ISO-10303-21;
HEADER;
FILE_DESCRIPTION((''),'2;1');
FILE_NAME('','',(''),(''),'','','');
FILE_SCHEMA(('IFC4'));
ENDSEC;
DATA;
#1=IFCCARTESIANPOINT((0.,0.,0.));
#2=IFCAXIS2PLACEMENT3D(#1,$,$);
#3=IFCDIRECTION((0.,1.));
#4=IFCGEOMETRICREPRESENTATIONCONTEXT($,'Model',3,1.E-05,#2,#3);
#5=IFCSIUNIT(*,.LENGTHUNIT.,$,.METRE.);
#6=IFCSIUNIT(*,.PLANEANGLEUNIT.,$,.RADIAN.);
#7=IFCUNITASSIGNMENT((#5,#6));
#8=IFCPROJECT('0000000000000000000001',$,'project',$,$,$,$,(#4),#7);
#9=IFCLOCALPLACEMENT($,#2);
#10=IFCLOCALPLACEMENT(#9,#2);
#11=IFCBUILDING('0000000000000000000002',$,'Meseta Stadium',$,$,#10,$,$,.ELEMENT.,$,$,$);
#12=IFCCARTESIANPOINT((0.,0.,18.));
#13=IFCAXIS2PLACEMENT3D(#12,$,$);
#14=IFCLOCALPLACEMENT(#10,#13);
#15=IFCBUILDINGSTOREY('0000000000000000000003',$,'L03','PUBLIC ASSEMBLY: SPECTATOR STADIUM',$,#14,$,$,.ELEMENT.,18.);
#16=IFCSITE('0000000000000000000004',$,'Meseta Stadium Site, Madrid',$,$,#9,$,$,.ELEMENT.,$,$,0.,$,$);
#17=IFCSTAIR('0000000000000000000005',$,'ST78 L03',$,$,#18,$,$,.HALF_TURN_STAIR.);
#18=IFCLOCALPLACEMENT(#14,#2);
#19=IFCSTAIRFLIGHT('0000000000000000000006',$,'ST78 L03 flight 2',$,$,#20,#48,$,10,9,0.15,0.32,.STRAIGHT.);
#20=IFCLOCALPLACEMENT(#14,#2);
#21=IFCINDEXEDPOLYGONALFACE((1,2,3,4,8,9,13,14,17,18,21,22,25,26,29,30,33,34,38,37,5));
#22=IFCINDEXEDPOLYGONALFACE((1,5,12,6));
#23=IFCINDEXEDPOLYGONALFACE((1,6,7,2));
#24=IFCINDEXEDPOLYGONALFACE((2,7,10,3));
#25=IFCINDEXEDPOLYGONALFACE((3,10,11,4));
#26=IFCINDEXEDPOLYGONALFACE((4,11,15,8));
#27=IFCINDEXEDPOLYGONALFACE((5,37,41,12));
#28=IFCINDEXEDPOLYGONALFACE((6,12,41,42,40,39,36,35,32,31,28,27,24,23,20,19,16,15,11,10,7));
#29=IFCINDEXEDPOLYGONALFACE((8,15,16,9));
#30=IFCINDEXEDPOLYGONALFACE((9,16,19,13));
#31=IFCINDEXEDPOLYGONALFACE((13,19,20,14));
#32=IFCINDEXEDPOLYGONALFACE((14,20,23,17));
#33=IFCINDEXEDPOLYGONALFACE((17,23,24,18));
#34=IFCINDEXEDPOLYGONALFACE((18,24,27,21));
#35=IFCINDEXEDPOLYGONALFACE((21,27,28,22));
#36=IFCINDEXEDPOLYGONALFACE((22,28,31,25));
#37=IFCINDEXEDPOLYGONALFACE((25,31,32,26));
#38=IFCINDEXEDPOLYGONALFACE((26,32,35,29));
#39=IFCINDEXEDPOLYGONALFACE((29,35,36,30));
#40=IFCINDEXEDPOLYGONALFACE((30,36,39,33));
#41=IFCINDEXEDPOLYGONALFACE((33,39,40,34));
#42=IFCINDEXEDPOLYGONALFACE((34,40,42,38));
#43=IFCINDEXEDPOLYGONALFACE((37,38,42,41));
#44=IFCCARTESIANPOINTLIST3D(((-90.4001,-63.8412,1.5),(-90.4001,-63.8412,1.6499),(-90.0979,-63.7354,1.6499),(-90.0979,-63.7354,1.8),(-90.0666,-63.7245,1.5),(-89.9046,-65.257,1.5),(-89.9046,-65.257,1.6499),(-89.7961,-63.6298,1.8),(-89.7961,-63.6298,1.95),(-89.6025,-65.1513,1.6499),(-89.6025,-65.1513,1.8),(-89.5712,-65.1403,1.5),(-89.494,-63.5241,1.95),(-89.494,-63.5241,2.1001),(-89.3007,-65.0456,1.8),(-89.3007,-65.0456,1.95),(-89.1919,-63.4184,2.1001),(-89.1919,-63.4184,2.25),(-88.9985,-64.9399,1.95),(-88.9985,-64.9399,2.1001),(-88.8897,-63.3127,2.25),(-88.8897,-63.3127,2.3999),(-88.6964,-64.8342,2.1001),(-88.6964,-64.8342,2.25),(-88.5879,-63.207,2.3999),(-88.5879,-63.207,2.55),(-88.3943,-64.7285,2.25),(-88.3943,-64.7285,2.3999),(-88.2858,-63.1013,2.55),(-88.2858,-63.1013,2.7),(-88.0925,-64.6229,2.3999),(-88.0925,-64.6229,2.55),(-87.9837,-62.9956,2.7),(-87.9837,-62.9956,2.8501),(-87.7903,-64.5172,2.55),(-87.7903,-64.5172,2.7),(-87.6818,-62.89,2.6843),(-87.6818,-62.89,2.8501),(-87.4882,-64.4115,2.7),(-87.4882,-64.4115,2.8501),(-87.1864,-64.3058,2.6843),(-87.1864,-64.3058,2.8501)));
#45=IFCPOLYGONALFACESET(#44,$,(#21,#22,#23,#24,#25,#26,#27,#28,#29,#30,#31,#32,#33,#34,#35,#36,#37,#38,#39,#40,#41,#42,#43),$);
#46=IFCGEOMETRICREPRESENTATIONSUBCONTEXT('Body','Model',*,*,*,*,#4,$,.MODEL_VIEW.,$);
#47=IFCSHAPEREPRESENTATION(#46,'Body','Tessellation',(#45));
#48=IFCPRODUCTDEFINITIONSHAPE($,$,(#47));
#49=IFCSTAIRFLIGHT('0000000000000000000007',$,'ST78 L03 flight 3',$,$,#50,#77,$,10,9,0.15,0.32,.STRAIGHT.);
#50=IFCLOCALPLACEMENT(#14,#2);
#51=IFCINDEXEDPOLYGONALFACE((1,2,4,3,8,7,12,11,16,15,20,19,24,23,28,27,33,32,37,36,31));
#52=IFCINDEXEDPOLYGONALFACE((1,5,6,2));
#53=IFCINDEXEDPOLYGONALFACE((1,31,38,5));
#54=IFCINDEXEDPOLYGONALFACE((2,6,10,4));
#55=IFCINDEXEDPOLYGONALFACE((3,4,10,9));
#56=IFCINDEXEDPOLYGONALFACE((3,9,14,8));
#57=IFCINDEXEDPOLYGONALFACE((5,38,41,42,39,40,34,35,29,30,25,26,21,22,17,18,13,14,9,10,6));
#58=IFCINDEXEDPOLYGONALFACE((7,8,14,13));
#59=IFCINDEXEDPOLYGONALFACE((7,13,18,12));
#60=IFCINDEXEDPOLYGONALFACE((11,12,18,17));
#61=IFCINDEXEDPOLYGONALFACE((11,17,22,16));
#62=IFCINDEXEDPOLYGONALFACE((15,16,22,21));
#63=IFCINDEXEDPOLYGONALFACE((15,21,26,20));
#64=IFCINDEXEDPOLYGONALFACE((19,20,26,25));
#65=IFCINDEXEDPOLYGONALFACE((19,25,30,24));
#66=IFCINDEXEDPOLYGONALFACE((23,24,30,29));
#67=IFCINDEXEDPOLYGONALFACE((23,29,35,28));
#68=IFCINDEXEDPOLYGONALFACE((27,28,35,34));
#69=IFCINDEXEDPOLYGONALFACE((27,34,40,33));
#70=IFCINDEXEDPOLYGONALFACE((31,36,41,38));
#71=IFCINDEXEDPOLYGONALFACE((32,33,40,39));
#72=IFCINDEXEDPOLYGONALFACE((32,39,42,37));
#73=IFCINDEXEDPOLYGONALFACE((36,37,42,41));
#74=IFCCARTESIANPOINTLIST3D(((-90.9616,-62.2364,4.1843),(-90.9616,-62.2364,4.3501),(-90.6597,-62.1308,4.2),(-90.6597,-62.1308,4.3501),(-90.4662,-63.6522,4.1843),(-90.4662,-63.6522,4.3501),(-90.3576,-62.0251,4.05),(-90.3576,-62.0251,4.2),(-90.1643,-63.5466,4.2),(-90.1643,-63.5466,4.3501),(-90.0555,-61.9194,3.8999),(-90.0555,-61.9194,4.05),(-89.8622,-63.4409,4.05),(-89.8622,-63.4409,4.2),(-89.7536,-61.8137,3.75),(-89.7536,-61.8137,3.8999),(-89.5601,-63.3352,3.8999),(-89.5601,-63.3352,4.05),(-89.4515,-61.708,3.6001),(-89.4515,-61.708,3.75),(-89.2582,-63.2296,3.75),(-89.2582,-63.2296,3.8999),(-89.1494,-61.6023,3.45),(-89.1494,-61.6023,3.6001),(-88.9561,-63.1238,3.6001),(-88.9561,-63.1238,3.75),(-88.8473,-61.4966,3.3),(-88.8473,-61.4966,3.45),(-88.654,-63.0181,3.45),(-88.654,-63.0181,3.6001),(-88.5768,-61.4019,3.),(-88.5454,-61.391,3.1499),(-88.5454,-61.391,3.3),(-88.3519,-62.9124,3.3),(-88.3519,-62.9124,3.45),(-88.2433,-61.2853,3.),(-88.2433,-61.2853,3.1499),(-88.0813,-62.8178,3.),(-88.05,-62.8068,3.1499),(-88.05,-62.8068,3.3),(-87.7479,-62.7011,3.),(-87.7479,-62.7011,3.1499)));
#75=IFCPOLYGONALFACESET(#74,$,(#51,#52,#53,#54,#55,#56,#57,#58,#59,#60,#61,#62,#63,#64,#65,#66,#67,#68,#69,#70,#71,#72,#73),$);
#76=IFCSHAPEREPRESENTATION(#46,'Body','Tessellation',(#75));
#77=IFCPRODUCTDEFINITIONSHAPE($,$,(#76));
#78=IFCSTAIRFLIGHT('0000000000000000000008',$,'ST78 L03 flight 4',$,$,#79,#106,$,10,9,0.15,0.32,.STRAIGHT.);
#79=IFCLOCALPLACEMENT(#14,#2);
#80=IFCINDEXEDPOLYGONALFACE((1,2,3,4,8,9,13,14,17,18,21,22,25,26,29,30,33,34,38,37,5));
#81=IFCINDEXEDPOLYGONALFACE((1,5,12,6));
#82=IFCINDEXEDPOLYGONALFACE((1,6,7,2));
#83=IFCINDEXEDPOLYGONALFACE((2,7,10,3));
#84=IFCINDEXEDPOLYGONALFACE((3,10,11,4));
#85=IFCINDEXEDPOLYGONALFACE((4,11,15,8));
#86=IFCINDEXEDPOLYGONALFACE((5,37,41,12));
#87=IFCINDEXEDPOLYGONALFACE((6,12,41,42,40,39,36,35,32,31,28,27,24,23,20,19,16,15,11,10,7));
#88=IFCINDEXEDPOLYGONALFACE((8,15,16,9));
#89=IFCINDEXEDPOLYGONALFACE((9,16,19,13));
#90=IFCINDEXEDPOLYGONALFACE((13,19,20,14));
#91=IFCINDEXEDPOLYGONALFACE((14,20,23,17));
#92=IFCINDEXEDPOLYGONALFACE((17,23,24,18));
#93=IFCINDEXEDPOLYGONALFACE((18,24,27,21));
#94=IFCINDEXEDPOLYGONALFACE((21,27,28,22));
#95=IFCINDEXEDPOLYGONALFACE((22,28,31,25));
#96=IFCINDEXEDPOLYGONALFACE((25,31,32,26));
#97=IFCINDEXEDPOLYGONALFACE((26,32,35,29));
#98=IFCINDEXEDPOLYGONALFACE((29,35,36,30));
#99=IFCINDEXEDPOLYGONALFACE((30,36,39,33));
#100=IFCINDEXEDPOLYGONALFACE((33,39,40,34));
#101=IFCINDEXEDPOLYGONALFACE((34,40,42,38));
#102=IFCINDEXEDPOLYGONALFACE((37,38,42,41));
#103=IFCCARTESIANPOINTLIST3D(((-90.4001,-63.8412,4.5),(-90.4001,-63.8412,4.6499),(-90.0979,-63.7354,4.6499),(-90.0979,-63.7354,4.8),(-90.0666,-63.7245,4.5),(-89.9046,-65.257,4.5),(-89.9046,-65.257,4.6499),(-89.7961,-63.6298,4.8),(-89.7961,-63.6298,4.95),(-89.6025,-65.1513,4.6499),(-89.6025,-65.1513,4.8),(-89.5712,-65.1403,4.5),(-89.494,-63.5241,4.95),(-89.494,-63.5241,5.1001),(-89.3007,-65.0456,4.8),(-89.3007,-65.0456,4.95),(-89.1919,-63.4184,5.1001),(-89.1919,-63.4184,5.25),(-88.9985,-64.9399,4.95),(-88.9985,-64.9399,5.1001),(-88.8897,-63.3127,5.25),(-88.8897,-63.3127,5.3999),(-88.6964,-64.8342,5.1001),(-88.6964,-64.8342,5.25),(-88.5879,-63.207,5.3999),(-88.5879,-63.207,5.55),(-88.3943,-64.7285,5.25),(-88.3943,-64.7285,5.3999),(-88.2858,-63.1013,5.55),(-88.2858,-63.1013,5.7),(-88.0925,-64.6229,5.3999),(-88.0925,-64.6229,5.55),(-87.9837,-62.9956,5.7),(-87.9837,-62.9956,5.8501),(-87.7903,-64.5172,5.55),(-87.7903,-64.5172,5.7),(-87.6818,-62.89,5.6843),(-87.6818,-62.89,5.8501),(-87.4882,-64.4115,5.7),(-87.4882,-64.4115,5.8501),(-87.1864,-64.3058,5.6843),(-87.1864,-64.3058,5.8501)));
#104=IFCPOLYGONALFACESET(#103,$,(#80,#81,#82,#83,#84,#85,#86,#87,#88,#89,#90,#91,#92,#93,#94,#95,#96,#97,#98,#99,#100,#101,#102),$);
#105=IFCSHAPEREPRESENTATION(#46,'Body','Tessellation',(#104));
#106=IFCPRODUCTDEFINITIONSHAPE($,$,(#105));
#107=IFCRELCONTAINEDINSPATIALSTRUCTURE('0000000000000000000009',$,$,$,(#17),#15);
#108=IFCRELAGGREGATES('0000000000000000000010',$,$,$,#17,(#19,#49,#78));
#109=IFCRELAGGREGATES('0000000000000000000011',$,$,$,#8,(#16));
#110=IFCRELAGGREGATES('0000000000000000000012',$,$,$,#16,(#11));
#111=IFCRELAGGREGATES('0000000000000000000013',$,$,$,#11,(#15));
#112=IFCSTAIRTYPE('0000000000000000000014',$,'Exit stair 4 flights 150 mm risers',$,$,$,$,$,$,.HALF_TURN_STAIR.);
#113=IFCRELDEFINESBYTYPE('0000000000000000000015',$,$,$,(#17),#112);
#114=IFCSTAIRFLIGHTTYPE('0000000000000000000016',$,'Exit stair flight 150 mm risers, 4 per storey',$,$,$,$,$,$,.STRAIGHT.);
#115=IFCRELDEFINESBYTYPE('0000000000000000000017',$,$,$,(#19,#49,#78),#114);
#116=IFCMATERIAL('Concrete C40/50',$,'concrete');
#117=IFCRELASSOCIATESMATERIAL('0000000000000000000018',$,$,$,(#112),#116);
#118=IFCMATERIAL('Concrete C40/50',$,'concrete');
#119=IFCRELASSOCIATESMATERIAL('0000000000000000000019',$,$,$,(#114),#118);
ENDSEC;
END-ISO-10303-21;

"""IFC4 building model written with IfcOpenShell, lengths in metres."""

from ifc_helpers import new_model, si_unit, direction, frame, origin, place, context, subcontext, project, spatial, polyline, outline, extrude, material, type_object, element, aggregate, save


model = new_model("IFC4")

# Units and contexts
model_context = context("Model", 3, precision=1e-05, world=origin(), true_north=direction((0.0, 1.0)))
body_context = subcontext(model_context, "Body", "Model", "MODEL_VIEW")
ifc_project = project(units=[si_unit("LENGTHUNIT", "METRE"), si_unit("PLANEANGLEUNIT", "RADIAN")], contexts=[model_context])

# Site, building, storey
site_placement = place(None, origin())
site = spatial("IfcSite", under=ifc_project, at=site_placement, Name="Meseta Stadium Site, Madrid", CompositionType="ELEMENT", RefElevation=0.0)
building_placement = place(site_placement, origin())
building = spatial("IfcBuilding", under=site, at=building_placement, Name="Meseta Stadium", CompositionType="ELEMENT")
storey_placement = place(building_placement, frame((0.0, 0.0, 18.0)))
storey = spatial("IfcBuildingStorey", under=building, at=storey_placement, Name="L03", Description="PUBLIC ASSEMBLY: SPECTATOR STADIUM", CompositionType="ELEMENT", Elevation=18.0)

# Stair, stair flights
ifc_material_1 = material(Name="Concrete C40/50", Category="concrete")
stair_type = type_object("IfcStairType", Name="Exit stair 4 flights 150 mm risers", PredefinedType="HALF_TURN_STAIR", material=ifc_material_1)
stair_placement = place(storey_placement, origin())
stair = element("IfcStair", 1, at=stair_placement, inside=storey, type_object=stair_type, Name="ST78 L03", PredefinedType="HALF_TURN_STAIR")
ifc_material_2 = material(Name="Concrete C40/50", Category="concrete")
stair_flight_type = type_object("IfcStairFlightType", Name="Exit stair flight 150 mm risers, 4 per storey", PredefinedType="STRAIGHT", material=ifc_material_2)
stair_flight_1_placement = place(storey_placement, frame((-90.1523, -64.5491, 1.5), z_axis=(0.0, 0.0, 1.0), x_axis=(0.943883, 0.330279, 0.0)))
stair_flight_1 = element("IfcStairFlight", 2, at=stair_flight_1_placement, type_object=stair_flight_type, Name="ST78 L03 flight 2", NumberOfRisers=10, NumberOfTreads=9, PredefinedType="STRAIGHT", RiserHeight=0.15, TreadLength=0.32, context=body_context, shape_type="SweptSolid", body=[
    extrude(outline(polyline([(0.0, 0.0), (0.0, 0.1499), (0.3201, 0.1499), (0.3201, 0.3), (0.6399, 0.3), (0.6399, 0.45), (0.96, 0.45), (0.96, 0.6001), (1.28, 0.6001), (1.28, 0.75), (1.6001, 0.75), (1.6001, 0.8999), (1.9199, 0.8999), (1.9199, 1.05), (2.24, 1.05), (2.24, 1.2), (2.5601, 1.2), (2.5601, 1.3501), (2.8799, 1.3501), (2.8799, 1.1843), (0.3533, 0.0), (0.0, 0.0)])), frame((0.0, 0.75, 0.0), z_axis=(0.0, -1.0, 0.0), x_axis=(1.0, 0.0, 0.0)), (0.0, 0.0, 1.0), 1.5),
])
stair_flight_2_placement = place(storey_placement, frame((-87.9956, -61.9932, 3.0), z_axis=(0.0, 0.0, 1.0), x_axis=(-0.943883, -0.330279, 0.0)))
stair_flight_2 = element("IfcStairFlight", 3, at=stair_flight_2_placement, type_object=stair_flight_type, Name="ST78 L03 flight 3", NumberOfRisers=10, NumberOfTreads=9, PredefinedType="STRAIGHT", RiserHeight=0.15, TreadLength=0.32, context=body_context, shape_type="SweptSolid", body=[
    extrude(outline(polyline([(0.0, 0.0), (0.0, 0.1499), (0.3201, 0.1499), (0.3201, 0.3), (0.6399, 0.3), (0.6399, 0.45), (0.96, 0.45), (0.96, 0.6001), (1.28, 0.6001), (1.28, 0.75), (1.6001, 0.75), (1.6001, 0.8999), (1.9199, 0.8999), (1.9199, 1.05), (2.24, 1.05), (2.24, 1.2), (2.5601, 1.2), (2.5601, 1.3501), (2.8799, 1.3501), (2.8799, 1.1843), (0.3533, 0.0), (0.0, 0.0)])), frame((0.0, 0.75, 0.0), z_axis=(0.0, -1.0, 0.0), x_axis=(1.0, 0.0, 0.0)), (0.0, 0.0, 1.0), 1.5),
])
stair_flight_3_placement = place(storey_placement, frame((-90.1523, -64.5491, 4.5), z_axis=(0.0, 0.0, 1.0), x_axis=(0.943883, 0.330279, 0.0)))
stair_flight_3 = element("IfcStairFlight", 4, at=stair_flight_3_placement, type_object=stair_flight_type, Name="ST78 L03 flight 4", NumberOfRisers=10, NumberOfTreads=9, PredefinedType="STRAIGHT", RiserHeight=0.15, TreadLength=0.32, context=body_context, shape_type="SweptSolid", body=[
    extrude(outline(polyline([(0.0, 0.0), (0.0, 0.1499), (0.3201, 0.1499), (0.3201, 0.3), (0.6399, 0.3), (0.6399, 0.45), (0.96, 0.45), (0.96, 0.6001), (1.28, 0.6001), (1.28, 0.75), (1.6001, 0.75), (1.6001, 0.8999), (1.9199, 0.8999), (1.9199, 1.05), (2.24, 1.05), (2.24, 1.2), (2.5601, 1.2), (2.5601, 1.3501), (2.8799, 1.3501), (2.8799, 1.1843), (0.3533, 0.0), (0.0, 0.0)])), frame((0.0, 0.75, 0.0), z_axis=(0.0, -1.0, 0.0), x_axis=(1.0, 0.0, 0.0)), (0.0, 0.0, 1.0), 1.5),
])
aggregate(stair, [stair_flight_1, stair_flight_2, stair_flight_3])

save(model, "model.ifc")
